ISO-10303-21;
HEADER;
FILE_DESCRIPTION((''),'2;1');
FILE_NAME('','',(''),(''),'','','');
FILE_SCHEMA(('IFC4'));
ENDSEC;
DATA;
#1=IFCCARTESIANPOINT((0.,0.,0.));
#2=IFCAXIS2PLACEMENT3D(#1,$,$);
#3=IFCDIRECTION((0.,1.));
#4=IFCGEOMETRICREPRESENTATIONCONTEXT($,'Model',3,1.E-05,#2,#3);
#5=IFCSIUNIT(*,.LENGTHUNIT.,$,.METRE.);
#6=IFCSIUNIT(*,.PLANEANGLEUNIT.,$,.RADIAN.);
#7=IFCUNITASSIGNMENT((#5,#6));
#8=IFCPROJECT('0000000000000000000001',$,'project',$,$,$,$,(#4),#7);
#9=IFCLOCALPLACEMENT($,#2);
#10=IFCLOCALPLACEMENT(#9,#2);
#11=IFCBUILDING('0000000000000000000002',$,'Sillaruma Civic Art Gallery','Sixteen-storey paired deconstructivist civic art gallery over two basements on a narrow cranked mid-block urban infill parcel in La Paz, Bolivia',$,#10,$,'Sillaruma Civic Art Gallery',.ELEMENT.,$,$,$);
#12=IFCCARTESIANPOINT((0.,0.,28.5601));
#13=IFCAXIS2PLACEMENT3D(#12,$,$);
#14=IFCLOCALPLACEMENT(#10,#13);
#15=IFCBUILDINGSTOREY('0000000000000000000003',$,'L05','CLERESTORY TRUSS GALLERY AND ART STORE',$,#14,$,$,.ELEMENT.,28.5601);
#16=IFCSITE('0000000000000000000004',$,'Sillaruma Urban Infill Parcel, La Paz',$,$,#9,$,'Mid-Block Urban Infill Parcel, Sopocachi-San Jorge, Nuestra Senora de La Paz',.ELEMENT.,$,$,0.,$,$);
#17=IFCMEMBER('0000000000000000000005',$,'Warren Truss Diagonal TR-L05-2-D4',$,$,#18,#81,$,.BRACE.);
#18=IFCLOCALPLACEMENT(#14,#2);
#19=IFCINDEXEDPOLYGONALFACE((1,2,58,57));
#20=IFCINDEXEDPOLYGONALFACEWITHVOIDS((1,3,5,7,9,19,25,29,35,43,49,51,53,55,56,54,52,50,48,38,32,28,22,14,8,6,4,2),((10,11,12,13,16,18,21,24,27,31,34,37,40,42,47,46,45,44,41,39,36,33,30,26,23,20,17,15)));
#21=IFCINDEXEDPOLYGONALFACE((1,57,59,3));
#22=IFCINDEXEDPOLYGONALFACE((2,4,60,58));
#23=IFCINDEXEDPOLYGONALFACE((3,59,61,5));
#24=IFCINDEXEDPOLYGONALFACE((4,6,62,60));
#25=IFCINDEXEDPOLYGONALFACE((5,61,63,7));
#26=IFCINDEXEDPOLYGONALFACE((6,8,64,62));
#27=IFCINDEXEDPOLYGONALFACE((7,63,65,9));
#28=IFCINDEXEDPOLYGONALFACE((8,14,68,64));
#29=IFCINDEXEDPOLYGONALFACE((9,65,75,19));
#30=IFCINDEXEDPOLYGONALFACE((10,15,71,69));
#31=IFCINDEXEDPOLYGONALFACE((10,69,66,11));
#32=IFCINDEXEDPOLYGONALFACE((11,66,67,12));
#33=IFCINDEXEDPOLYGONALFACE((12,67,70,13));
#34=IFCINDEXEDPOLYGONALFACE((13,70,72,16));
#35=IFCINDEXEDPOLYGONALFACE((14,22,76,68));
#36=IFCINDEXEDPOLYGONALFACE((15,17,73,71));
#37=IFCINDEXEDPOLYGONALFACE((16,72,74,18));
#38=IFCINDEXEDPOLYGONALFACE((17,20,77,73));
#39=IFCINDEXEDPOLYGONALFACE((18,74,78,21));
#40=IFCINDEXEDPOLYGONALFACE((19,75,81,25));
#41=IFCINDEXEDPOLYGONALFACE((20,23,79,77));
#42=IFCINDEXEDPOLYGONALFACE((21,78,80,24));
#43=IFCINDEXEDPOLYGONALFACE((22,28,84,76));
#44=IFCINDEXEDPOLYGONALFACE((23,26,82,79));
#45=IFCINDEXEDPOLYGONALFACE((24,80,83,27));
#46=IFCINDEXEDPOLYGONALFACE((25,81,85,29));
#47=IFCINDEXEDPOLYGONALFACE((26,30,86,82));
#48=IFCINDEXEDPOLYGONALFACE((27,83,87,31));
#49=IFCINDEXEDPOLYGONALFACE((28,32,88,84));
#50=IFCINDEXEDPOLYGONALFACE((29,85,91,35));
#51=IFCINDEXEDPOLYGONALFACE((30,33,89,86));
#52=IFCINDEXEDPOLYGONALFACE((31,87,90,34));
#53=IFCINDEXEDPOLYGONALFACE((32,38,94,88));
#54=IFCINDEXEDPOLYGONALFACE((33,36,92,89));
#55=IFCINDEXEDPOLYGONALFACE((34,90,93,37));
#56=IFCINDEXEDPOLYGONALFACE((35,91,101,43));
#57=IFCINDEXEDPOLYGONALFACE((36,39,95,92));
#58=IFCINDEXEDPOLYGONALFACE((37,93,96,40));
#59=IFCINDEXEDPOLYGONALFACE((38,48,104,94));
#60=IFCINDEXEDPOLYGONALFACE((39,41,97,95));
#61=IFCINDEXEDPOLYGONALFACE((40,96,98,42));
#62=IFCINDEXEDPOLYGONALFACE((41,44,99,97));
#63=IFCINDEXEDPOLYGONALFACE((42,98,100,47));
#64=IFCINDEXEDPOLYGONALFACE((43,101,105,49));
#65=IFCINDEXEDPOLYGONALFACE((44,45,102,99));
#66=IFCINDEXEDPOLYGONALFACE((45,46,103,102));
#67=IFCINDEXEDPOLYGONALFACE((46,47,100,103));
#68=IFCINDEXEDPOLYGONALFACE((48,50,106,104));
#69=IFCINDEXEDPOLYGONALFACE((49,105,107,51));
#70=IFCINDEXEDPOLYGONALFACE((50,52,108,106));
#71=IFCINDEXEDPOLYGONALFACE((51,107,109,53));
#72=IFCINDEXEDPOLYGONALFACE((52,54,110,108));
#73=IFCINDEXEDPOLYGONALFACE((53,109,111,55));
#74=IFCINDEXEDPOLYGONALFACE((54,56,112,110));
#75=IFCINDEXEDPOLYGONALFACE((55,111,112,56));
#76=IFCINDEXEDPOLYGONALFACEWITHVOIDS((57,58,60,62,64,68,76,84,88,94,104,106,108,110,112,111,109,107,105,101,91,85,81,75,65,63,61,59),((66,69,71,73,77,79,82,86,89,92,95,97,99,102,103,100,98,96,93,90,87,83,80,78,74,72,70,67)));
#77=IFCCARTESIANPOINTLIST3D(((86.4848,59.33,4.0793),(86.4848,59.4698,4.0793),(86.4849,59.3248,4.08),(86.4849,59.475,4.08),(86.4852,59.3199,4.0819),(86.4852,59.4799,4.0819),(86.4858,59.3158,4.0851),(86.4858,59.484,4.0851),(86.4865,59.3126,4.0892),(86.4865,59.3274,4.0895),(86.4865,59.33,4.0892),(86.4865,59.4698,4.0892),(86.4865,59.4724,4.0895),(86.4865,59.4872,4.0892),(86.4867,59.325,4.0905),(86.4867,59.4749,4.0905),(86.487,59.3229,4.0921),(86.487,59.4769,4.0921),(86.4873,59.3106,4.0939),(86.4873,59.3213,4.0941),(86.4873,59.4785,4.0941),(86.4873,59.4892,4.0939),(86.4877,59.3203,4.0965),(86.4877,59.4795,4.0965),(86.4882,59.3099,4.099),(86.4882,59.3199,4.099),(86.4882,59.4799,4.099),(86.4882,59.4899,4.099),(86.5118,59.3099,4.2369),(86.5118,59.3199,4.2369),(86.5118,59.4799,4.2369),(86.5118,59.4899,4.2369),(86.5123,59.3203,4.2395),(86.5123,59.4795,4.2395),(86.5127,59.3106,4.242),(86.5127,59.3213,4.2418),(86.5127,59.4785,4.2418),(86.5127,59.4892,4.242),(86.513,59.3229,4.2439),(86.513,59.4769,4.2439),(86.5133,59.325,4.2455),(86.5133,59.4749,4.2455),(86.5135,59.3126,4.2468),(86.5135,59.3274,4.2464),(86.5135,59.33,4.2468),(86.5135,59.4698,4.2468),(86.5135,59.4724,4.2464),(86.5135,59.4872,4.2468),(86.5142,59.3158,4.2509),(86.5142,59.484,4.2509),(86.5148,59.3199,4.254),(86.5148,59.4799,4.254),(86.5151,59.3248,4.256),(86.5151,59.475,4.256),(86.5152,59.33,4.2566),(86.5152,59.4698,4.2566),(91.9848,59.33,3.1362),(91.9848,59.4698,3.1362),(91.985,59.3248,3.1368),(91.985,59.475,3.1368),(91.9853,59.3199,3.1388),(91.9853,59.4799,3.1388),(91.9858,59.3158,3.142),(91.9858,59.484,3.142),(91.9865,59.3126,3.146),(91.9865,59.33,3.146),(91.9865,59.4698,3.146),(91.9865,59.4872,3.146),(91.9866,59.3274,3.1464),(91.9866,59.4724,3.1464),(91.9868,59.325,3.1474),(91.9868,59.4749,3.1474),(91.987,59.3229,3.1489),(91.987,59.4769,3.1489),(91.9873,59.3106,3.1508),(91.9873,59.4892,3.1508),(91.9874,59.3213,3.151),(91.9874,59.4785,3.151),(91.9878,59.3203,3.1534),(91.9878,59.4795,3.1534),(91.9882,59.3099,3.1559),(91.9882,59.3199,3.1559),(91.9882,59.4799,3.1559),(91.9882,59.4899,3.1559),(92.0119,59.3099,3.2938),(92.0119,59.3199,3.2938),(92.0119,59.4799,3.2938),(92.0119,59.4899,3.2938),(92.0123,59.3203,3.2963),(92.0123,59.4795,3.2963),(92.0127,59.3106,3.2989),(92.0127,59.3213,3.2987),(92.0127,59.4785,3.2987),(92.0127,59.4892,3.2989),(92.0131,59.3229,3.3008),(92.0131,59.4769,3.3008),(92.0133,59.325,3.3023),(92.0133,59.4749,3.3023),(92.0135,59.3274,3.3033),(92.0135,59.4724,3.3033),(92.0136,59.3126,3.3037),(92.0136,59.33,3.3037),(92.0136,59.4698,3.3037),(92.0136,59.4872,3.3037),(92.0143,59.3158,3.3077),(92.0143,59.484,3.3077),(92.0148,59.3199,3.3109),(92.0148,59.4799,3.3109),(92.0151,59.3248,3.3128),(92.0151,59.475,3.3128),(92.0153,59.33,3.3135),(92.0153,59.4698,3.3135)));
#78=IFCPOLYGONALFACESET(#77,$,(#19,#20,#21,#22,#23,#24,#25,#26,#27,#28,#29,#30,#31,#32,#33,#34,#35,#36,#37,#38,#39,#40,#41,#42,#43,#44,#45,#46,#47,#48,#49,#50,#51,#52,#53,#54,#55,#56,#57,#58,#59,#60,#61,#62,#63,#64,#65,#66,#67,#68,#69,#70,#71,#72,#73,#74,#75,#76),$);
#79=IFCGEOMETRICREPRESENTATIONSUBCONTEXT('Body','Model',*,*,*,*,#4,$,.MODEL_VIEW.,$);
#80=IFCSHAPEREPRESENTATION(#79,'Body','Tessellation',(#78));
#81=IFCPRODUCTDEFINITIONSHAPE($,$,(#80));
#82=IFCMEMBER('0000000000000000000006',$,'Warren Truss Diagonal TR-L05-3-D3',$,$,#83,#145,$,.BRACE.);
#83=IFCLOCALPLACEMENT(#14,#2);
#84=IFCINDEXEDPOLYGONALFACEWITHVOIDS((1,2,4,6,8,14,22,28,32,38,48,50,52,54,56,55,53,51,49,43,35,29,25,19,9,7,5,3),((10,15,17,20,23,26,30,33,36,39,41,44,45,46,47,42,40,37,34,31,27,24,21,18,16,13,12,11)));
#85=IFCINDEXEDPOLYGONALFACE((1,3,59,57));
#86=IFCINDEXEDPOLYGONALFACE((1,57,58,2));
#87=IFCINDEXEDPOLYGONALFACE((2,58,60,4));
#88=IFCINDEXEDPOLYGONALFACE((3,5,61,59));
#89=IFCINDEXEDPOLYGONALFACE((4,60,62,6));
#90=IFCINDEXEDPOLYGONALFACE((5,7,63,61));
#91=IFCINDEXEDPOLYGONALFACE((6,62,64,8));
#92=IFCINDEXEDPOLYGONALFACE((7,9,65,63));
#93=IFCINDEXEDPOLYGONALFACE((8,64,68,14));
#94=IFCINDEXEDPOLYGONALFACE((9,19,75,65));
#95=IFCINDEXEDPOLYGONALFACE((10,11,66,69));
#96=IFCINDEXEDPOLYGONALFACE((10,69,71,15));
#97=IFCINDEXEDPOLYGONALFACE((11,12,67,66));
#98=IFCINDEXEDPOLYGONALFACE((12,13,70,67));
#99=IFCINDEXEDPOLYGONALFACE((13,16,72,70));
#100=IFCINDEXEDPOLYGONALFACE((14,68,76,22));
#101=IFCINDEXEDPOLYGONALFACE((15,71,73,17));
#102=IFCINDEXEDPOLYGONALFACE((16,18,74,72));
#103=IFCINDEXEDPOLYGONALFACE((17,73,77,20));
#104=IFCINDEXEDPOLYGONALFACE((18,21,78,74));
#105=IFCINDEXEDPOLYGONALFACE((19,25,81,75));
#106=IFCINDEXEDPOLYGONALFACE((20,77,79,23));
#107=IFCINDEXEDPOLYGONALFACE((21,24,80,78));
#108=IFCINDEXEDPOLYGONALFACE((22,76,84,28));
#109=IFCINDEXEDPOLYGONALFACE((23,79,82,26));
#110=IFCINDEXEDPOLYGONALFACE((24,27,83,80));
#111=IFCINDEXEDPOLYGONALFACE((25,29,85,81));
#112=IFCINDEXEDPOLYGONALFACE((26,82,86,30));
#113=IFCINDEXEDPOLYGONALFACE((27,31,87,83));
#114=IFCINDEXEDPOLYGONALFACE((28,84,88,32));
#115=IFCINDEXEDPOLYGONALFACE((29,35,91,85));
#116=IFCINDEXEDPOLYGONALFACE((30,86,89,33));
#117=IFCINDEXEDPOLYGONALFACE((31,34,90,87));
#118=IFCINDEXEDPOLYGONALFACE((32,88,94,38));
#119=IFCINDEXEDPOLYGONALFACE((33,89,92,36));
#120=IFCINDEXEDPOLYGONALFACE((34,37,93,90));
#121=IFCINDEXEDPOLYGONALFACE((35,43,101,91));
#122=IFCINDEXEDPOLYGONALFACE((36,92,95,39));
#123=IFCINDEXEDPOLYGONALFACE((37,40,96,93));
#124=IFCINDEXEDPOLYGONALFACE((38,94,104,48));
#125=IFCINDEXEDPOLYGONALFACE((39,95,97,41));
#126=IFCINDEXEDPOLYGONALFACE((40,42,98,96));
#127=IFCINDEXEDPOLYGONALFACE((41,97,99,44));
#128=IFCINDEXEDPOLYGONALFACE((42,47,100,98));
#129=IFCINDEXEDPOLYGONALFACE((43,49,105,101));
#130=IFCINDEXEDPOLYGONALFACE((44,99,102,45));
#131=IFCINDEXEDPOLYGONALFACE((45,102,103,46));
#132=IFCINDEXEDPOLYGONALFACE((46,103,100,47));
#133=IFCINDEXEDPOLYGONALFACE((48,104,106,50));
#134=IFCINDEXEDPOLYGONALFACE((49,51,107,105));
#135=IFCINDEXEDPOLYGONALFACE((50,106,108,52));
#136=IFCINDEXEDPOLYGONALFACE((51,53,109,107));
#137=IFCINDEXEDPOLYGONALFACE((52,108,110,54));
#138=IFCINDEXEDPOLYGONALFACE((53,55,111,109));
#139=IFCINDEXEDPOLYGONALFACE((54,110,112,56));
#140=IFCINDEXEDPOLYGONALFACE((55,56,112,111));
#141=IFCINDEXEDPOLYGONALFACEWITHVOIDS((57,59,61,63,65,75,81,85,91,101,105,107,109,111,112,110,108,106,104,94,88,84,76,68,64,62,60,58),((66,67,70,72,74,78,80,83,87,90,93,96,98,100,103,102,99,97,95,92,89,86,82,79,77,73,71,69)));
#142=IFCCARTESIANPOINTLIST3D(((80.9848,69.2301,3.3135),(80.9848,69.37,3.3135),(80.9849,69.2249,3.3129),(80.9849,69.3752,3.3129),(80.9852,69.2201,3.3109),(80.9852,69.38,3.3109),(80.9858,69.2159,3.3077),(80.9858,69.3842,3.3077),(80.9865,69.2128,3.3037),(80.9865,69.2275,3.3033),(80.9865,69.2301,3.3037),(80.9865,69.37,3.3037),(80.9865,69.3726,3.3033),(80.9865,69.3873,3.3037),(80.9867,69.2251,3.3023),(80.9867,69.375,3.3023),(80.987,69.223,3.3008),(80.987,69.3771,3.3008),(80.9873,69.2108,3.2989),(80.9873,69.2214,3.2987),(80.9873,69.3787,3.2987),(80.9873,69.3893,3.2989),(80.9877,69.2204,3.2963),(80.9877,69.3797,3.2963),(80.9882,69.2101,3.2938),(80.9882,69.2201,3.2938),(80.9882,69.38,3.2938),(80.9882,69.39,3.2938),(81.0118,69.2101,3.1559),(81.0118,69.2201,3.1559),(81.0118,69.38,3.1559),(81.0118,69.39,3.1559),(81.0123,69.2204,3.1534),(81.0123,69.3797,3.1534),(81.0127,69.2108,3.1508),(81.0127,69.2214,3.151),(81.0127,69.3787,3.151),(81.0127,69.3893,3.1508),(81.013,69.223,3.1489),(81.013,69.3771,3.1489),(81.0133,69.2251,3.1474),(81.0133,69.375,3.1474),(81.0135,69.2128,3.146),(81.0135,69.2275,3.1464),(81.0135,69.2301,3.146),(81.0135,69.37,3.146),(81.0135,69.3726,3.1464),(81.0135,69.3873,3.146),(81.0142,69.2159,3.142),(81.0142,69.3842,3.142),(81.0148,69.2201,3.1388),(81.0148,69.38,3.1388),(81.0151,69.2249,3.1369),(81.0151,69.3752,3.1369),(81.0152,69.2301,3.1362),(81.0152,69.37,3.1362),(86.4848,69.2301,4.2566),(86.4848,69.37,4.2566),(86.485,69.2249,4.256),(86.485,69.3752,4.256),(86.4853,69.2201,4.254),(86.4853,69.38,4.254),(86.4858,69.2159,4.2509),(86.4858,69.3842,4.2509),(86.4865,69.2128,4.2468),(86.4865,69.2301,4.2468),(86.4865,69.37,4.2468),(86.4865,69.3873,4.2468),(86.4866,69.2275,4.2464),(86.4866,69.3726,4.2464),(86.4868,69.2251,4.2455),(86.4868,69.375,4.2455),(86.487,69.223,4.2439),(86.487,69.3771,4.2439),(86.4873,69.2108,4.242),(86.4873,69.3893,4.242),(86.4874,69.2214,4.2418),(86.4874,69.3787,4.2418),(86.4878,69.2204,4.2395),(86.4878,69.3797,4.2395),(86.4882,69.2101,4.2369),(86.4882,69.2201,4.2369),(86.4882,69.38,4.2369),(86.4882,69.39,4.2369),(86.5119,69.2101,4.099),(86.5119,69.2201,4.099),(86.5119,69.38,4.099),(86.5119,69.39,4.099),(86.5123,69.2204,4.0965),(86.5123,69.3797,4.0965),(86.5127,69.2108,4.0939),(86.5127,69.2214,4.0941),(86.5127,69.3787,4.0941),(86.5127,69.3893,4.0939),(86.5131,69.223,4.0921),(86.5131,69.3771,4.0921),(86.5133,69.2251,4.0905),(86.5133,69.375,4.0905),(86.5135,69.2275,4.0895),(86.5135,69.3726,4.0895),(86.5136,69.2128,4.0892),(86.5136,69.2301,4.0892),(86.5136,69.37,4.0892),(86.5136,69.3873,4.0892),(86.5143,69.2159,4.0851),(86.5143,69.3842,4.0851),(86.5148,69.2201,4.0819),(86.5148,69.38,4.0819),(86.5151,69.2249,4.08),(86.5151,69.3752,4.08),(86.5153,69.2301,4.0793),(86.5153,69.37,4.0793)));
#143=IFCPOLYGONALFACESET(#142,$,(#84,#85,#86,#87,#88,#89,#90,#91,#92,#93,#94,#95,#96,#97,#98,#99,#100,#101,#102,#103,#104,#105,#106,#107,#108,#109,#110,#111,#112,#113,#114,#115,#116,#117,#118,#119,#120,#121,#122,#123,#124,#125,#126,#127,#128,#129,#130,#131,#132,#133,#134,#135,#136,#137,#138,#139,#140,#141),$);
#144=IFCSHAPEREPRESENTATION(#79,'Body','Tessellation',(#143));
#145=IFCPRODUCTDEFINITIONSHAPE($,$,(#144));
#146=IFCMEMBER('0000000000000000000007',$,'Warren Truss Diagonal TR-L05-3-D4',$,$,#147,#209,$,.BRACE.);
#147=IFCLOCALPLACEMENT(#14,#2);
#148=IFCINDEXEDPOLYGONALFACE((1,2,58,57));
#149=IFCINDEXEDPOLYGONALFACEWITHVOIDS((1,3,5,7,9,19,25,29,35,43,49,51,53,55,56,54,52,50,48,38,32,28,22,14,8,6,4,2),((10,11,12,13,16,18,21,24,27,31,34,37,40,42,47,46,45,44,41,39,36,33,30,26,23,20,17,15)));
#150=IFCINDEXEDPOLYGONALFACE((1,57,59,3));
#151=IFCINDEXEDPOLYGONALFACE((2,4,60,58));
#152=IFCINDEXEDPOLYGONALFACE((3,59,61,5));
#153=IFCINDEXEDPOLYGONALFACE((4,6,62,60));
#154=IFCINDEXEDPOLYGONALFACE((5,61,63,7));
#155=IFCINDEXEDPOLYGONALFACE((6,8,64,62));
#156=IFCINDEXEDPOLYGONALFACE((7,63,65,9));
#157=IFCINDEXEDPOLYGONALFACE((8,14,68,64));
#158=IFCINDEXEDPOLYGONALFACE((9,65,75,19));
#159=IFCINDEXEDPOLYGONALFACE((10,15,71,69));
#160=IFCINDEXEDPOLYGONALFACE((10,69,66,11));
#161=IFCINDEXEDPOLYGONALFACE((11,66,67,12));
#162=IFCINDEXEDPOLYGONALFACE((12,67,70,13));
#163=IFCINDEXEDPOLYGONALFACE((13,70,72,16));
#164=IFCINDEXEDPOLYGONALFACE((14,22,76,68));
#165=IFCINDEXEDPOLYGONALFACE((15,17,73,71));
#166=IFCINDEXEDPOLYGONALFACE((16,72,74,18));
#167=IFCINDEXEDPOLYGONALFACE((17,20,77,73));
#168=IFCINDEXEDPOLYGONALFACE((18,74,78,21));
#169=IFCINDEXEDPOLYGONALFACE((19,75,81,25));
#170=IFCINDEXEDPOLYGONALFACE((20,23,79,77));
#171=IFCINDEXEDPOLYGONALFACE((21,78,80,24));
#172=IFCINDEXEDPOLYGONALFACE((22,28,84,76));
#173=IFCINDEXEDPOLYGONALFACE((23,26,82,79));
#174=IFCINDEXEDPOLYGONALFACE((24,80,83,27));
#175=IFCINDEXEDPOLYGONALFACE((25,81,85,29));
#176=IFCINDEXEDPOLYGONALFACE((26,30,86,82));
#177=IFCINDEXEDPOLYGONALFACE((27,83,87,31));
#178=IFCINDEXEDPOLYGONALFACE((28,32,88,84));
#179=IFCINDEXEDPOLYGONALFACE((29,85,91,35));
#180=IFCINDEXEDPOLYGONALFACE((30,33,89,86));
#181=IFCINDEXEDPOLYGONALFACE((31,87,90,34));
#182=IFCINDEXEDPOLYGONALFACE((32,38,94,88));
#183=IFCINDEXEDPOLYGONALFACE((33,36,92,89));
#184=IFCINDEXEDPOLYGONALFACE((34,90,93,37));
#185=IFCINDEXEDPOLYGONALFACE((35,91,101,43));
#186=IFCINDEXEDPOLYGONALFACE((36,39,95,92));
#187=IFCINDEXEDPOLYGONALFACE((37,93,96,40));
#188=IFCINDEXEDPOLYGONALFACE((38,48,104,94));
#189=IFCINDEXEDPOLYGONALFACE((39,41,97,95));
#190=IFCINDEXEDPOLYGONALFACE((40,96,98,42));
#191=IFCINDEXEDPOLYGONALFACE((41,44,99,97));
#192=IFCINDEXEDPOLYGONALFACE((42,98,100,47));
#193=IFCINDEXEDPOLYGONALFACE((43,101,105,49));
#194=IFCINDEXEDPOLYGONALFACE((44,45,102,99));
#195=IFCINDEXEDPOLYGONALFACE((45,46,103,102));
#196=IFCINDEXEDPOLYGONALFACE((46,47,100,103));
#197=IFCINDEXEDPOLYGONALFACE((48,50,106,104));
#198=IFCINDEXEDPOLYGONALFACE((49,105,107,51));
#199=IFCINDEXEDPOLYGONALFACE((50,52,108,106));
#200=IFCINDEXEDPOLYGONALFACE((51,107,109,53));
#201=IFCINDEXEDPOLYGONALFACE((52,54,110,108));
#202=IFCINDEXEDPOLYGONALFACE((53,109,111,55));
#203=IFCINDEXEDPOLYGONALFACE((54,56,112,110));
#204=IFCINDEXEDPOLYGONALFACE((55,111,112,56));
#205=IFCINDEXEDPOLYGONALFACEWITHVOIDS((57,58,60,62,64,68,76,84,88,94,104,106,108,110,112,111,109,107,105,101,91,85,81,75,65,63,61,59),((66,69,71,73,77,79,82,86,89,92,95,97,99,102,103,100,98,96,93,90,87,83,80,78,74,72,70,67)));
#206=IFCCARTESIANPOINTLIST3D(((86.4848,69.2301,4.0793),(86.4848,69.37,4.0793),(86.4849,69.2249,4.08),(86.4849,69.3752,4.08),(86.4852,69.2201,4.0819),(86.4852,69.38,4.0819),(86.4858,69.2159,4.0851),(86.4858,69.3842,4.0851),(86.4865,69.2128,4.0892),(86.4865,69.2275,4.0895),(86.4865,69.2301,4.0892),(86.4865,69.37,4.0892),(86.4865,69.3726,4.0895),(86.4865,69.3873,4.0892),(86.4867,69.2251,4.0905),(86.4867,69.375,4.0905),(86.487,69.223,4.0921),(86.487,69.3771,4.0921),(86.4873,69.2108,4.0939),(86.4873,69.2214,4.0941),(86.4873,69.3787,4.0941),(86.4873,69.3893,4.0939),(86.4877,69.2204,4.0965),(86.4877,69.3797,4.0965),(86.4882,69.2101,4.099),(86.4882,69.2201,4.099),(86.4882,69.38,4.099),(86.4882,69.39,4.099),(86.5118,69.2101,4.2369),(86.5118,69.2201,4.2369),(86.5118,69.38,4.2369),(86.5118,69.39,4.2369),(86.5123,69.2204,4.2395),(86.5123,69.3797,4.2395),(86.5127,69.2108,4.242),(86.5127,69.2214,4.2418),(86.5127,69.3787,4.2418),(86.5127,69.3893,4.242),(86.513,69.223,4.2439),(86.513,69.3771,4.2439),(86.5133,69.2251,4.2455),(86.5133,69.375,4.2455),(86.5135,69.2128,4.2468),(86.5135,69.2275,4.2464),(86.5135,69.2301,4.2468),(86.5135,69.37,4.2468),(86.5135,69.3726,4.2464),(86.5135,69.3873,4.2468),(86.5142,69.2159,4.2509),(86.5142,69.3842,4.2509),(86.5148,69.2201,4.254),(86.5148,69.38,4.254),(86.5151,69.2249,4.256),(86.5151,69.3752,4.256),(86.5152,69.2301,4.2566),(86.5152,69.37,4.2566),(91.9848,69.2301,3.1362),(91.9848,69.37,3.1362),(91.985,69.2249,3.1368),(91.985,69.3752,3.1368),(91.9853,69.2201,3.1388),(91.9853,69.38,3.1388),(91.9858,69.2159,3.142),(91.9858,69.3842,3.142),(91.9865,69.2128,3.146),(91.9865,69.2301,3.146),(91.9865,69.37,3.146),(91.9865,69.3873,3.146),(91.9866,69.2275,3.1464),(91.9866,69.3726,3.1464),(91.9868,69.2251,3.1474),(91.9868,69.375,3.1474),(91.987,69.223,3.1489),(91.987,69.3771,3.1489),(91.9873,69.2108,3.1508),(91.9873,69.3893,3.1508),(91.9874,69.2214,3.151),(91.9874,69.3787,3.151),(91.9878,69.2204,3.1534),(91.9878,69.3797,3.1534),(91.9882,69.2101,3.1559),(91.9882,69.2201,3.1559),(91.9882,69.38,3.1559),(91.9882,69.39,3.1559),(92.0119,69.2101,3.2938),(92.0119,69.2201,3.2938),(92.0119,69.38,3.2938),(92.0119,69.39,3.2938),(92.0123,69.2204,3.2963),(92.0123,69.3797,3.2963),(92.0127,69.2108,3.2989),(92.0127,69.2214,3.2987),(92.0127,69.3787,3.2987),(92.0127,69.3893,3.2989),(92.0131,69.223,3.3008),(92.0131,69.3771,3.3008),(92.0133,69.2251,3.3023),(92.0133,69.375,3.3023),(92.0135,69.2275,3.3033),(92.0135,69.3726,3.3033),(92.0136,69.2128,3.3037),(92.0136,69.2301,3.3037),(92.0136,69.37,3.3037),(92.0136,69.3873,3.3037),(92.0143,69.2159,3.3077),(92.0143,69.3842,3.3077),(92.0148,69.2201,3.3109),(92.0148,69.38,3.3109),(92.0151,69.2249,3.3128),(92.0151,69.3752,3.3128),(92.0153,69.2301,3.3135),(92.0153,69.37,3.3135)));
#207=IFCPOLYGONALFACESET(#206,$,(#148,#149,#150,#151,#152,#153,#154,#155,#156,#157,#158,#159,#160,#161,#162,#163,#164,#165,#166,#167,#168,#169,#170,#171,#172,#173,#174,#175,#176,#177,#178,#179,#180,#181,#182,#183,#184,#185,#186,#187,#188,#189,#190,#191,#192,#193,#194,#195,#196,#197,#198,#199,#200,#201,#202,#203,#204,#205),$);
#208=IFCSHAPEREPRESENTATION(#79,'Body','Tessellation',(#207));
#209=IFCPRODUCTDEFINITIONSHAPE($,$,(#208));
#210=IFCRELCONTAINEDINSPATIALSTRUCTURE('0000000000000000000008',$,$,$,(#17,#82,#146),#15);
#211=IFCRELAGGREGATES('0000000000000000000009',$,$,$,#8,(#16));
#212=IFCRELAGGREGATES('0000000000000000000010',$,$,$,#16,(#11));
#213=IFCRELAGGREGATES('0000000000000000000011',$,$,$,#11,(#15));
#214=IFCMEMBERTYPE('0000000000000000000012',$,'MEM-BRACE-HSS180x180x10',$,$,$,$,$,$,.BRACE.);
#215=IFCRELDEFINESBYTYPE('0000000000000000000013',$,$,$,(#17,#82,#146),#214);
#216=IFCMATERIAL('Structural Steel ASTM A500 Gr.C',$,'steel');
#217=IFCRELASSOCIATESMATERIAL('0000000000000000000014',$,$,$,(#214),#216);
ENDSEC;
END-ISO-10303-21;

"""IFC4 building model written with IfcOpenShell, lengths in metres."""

from ifc_helpers import new_model, si_unit, direction, frame, origin, origin_2d, place, context, subcontext, project, spatial, hollow_rectangle, extrude, material, material_profile, profile_set, type_object, element, save


model = new_model("IFC4")

# Units and contexts
model_context = context("Model", 3, precision=1e-05, world=origin(), true_north=direction((0.0, 1.0)))
body_context = subcontext(model_context, "Body", "Model", "MODEL_VIEW")
ifc_project = project(units=[si_unit("LENGTHUNIT", "METRE"), si_unit("PLANEANGLEUNIT", "RADIAN")], contexts=[model_context])

# Site, building, storey
site_placement = place(None, origin())
site = spatial("IfcSite", under=ifc_project, at=site_placement, Name="Sillaruma Urban Infill Parcel, La Paz", LongName="Mid-Block Urban Infill Parcel, Sopocachi-San Jorge, Nuestra Senora de La Paz", CompositionType="ELEMENT", RefElevation=0.0)
building_placement = place(site_placement, origin())
building = spatial("IfcBuilding", under=site, at=building_placement, Name="Sillaruma Civic Art Gallery", Description="Sixteen-storey paired deconstructivist civic art gallery over two basements on a narrow cranked mid-block urban infill parcel in La Paz, Bolivia", LongName="Sillaruma Civic Art Gallery", CompositionType="ELEMENT")
storey_placement = place(building_placement, frame((0.0, 0.0, 28.5601)))
storey = spatial("IfcBuildingStorey", under=building, at=storey_placement, Name="L05", Description="CLERESTORY TRUSS GALLERY AND ART STORE", CompositionType="ELEMENT", Elevation=28.5601)

# Shared definitions
ifc_material_1 = material(Name="Structural Steel ASTM A500 Gr.C", Category="steel")

# Members
ifc_material_profile_1 = material_profile(ifc_material_1, hollow_rectangle(XDim=0.1799, YDim=0.1799, WallThickness=0.01, InnerFilletRadius=0.01, OuterFilletRadius=0.02, at=origin_2d()), Name="HSS180x180x10")
ifc_profile_set_1 = profile_set([ifc_material_profile_1], Name="Structural Steel ASTM A500 Gr.C")
member_type_1 = type_object("IfcMemberType", Name="MEM-BRACE-HSS180x180x10", PredefinedType="BRACE", material=ifc_profile_set_1)
for number, where, z_axis, x_axis, name in (
    (1, (86.5, 59.3999, 4.168), (0.985615, 0.0, -0.169009), (0.0, 1.0, 0.0), "Warren Truss Diagonal TR-L05-2-D4"),
    (2, (81.0, 69.3, 3.2249), (0.985615, 0.0, 0.169009), (0.0, 1.0, 0.0), "Warren Truss Diagonal TR-L05-3-D3"),
    (3, (86.5, 69.3, 4.168), (0.985615, 0.0, -0.169009), (0.0, 1.0, 0.0), "Warren Truss Diagonal TR-L05-3-D4"),
):
    element("IfcMember", number, at=place(storey_placement, frame(where, z_axis=z_axis, x_axis=x_axis)), inside=storey, type_object=member_type_1, Name=name, PredefinedType="BRACE", context=body_context, shape_type="SweptSolid", body=[
        extrude(hollow_rectangle(XDim=0.1799, YDim=0.1799, WallThickness=0.01, InnerFilletRadius=0.01, OuterFilletRadius=0.02, at=origin_2d()), origin(), (0.0, 0.0, 1.0), 5.5803),
    ])

save(model, "model.ifc")
